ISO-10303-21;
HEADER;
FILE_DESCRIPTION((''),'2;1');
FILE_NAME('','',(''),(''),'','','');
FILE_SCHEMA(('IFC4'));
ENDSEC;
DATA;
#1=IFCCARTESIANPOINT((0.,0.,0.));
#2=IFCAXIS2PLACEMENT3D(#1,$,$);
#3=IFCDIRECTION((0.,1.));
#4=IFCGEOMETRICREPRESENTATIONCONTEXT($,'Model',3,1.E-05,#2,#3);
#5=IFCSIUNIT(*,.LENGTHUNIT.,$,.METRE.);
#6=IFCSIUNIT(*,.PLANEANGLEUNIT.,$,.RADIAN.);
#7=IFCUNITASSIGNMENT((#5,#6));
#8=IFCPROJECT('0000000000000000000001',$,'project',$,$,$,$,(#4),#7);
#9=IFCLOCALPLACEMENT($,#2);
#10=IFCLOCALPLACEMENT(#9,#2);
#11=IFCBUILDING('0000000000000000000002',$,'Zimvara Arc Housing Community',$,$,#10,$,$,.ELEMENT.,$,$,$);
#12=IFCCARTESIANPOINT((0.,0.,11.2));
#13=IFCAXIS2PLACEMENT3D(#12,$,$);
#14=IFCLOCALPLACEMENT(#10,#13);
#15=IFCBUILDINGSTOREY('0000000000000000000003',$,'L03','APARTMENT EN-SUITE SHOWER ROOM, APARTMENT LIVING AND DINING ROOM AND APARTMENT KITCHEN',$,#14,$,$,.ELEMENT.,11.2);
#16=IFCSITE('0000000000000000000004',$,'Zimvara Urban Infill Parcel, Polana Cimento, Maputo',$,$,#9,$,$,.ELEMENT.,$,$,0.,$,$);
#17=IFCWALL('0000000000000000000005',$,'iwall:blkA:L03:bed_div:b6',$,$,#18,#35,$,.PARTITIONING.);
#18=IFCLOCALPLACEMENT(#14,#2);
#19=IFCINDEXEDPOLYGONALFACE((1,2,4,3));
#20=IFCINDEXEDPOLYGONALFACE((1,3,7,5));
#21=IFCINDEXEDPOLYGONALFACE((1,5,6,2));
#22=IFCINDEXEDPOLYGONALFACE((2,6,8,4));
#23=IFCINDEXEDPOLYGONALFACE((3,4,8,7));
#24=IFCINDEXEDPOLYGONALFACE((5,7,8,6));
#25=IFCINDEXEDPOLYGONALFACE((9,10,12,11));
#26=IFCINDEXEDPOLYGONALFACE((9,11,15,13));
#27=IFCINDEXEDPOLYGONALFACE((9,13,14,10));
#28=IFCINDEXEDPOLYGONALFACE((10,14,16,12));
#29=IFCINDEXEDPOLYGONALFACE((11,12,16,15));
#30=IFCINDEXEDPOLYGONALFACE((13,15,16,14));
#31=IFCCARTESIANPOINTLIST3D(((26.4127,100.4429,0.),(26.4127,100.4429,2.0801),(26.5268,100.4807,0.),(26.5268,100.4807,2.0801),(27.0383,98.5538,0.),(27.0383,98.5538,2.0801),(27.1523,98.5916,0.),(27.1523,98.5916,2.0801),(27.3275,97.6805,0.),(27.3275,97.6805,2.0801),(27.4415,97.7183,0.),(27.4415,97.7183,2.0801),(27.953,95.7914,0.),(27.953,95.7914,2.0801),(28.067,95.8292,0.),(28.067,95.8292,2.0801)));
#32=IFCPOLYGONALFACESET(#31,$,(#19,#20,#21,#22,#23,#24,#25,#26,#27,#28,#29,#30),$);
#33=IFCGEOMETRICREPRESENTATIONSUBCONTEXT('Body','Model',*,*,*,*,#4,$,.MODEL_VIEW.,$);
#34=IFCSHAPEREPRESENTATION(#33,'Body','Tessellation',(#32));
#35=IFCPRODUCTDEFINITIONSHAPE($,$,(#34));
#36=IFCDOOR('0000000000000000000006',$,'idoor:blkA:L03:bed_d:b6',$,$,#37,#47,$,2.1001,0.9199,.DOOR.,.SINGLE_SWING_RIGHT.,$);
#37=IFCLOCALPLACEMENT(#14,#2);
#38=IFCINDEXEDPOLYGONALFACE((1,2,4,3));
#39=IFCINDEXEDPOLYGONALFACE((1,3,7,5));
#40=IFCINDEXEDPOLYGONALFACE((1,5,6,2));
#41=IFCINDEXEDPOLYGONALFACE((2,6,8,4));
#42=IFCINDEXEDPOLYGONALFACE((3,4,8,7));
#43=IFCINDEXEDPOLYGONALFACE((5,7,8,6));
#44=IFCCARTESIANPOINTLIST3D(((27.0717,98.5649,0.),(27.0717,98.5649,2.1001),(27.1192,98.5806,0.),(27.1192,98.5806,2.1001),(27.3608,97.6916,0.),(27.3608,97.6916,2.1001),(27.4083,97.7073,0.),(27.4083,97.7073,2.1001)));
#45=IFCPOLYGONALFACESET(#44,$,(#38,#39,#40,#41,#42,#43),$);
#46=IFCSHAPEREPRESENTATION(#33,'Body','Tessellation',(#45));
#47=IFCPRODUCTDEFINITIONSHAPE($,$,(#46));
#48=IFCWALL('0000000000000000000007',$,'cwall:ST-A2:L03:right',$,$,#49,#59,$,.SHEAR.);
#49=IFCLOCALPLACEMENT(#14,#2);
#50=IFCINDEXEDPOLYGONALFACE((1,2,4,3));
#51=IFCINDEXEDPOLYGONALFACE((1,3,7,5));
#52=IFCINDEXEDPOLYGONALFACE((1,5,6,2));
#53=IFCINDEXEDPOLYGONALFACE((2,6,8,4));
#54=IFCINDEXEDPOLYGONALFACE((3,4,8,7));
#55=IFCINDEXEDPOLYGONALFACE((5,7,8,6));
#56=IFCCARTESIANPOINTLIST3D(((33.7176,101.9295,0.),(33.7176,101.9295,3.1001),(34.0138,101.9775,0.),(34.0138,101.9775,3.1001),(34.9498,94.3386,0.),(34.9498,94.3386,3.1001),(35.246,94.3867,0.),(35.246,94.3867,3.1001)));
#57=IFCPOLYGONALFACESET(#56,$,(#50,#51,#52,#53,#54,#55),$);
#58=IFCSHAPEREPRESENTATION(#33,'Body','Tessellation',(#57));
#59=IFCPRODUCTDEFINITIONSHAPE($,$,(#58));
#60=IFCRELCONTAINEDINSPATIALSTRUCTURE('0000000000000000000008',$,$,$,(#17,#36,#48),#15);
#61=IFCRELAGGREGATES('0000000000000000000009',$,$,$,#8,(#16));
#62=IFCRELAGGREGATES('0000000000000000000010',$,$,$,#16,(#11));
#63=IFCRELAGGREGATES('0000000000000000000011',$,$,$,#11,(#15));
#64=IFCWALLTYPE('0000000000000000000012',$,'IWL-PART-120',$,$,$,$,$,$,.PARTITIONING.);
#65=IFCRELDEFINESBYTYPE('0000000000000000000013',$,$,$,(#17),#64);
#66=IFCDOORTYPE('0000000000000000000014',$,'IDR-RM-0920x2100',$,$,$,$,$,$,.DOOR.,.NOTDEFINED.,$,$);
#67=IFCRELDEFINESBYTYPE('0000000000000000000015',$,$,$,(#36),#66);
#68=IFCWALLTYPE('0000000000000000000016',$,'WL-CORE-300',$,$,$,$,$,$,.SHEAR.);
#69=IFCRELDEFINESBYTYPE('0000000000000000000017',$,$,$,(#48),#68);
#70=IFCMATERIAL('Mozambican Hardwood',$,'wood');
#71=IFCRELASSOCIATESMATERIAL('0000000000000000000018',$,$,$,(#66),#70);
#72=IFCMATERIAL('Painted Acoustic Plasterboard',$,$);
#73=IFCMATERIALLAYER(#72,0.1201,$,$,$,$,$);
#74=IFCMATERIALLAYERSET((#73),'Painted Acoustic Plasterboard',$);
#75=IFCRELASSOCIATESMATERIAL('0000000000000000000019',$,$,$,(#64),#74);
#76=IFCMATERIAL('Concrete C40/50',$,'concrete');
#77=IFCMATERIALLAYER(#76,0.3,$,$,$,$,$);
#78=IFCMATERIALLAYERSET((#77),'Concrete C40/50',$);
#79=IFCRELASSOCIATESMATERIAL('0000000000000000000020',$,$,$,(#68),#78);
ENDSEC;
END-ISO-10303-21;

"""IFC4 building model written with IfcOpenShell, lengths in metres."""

from ifc_helpers import new_model, si_unit, direction, frame, frame_2d, origin, place, context, subcontext, project, spatial, rectangle, extrude, material, layer, layer_set, type_object, element, fill, save


model = new_model("IFC4")

# Units and contexts
model_context = context("Model", 3, precision=1e-05, world=origin(), true_north=direction((0.0, 1.0)))
body_context = subcontext(model_context, "Body", "Model", "MODEL_VIEW")
ifc_project = project(units=[si_unit("LENGTHUNIT", "METRE"), si_unit("PLANEANGLEUNIT", "RADIAN")], contexts=[model_context])

# Site, building, storey
site_placement = place(None, origin())
site = spatial("IfcSite", under=ifc_project, at=site_placement, Name="Zimvara Urban Infill Parcel, Polana Cimento, Maputo", CompositionType="ELEMENT", RefElevation=0.0)
building_placement = place(site_placement, origin())
building = spatial("IfcBuilding", under=site, at=building_placement, Name="Zimvara Arc Housing Community", CompositionType="ELEMENT")
storey_placement = place(building_placement, frame((0.0, 0.0, 11.2)))
storey = spatial("IfcBuildingStorey", under=building, at=storey_placement, Name="L03", Description="APARTMENT EN-SUITE SHOWER ROOM, APARTMENT LIVING AND DINING ROOM AND APARTMENT KITCHEN", CompositionType="ELEMENT", Elevation=11.2)

# Shared definitions
ifc_material_1 = material(Name="Mozambican Hardwood", Category="wood")
door_type_1 = type_object("IfcDoorType", Name="IDR-RM-0920x2100", OperationType="NOTDEFINED", PredefinedType="DOOR", material=ifc_material_1)

# Wall, opening, door
ifc_material_2 = material(Name="Painted Acoustic Plasterboard")
ifc_layer_1 = layer(ifc_material_2, 0.1201)
ifc_layer_set_1 = layer_set([ifc_layer_1], Name="Painted Acoustic Plasterboard")
wall_type_1 = type_object("IfcWallType", Name="IWL-PART-120", PredefinedType="PARTITIONING", material=ifc_layer_set_1)
wall_1_placement = place(storey_placement, frame((28.01, 95.8103, 0.0), z_axis=(0.0, 0.0, 1.0), x_axis=(-0.314344, 0.949309, 0.0)))
wall_1 = element("IfcWall", 1, at=wall_1_placement, inside=storey, type_object=wall_type_1, Name="iwall:blkA:L03:bed_div:b6", PredefinedType="PARTITIONING", context=body_context, shape_type="SweptSolid", body=[
    extrude(rectangle(XDim=4.8999, YDim=0.1201, at=frame_2d((2.45, 0.0))), origin(), (0.0, 0.0, 1.0), 2.0801),
])
opening_1_placement = place(wall_1_placement, frame((1.99, 0.0, 0.0)))
opening_1 = element("IfcOpeningElement", 2, at=opening_1_placement, cuts=wall_1, PredefinedType="OPENING", context=body_context, shape_type="SweptSolid", body=[
    extrude(rectangle(XDim=0.9199, YDim=2.1001, at=frame_2d((0.46, 1.05))), frame((0.0, 0.0701, 0.0), z_axis=(0.0, -1.0, 0.0), x_axis=(1.0, 0.0, 0.0)), (0.0, 0.0, 1.0), 0.1401),
])
door_1_placement = place(opening_1_placement, origin())
door_1 = element("IfcDoor", 3, at=door_1_placement, inside=storey, type_object=door_type_1, Name="idoor:blkA:L03:bed_d:b6", OperationType="SINGLE_SWING_RIGHT", OverallHeight=2.1001, OverallWidth=0.9199, PredefinedType="DOOR", context=body_context, shape_type="SweptSolid", body=[
    extrude(rectangle(XDim=0.9199, YDim=2.1001, at=frame_2d((0.46, 1.05))), frame((0.0, 0.0249, 0.0), z_axis=(0.0, -1.0, 0.0), x_axis=(1.0, 0.0, 0.0)), (0.0, 0.0, 1.0), 0.05),
])
fill(opening_1, door_1)

# Wall
ifc_material_3 = material(Name="Concrete C40/50", Category="concrete")
ifc_layer_2 = layer(ifc_material_3, 0.3)
ifc_layer_set_2 = layer_set([ifc_layer_2], Name="Concrete C40/50")
wall_type_2 = type_object("IfcWallType", Name="WL-CORE-300", PredefinedType="SHEAR", material=ifc_layer_set_2)
wall_2_placement = place(storey_placement, frame((35.0979, 94.3625, 0.0), z_axis=(0.0, 0.0, 1.0), x_axis=(-0.160227, 0.98708, 0.0)))
element("IfcWall", 4, at=wall_2_placement, inside=storey, type_object=wall_type_2, Name="cwall:ST-A2:L03:right", PredefinedType="SHEAR", context=body_context, shape_type="SweptSolid", body=[
    extrude(rectangle(XDim=7.6902, YDim=0.3, at=frame_2d((3.8452, 0.0))), origin(), (0.0, 0.0, 1.0), 3.1001),
])

save(model, "model.ifc")
